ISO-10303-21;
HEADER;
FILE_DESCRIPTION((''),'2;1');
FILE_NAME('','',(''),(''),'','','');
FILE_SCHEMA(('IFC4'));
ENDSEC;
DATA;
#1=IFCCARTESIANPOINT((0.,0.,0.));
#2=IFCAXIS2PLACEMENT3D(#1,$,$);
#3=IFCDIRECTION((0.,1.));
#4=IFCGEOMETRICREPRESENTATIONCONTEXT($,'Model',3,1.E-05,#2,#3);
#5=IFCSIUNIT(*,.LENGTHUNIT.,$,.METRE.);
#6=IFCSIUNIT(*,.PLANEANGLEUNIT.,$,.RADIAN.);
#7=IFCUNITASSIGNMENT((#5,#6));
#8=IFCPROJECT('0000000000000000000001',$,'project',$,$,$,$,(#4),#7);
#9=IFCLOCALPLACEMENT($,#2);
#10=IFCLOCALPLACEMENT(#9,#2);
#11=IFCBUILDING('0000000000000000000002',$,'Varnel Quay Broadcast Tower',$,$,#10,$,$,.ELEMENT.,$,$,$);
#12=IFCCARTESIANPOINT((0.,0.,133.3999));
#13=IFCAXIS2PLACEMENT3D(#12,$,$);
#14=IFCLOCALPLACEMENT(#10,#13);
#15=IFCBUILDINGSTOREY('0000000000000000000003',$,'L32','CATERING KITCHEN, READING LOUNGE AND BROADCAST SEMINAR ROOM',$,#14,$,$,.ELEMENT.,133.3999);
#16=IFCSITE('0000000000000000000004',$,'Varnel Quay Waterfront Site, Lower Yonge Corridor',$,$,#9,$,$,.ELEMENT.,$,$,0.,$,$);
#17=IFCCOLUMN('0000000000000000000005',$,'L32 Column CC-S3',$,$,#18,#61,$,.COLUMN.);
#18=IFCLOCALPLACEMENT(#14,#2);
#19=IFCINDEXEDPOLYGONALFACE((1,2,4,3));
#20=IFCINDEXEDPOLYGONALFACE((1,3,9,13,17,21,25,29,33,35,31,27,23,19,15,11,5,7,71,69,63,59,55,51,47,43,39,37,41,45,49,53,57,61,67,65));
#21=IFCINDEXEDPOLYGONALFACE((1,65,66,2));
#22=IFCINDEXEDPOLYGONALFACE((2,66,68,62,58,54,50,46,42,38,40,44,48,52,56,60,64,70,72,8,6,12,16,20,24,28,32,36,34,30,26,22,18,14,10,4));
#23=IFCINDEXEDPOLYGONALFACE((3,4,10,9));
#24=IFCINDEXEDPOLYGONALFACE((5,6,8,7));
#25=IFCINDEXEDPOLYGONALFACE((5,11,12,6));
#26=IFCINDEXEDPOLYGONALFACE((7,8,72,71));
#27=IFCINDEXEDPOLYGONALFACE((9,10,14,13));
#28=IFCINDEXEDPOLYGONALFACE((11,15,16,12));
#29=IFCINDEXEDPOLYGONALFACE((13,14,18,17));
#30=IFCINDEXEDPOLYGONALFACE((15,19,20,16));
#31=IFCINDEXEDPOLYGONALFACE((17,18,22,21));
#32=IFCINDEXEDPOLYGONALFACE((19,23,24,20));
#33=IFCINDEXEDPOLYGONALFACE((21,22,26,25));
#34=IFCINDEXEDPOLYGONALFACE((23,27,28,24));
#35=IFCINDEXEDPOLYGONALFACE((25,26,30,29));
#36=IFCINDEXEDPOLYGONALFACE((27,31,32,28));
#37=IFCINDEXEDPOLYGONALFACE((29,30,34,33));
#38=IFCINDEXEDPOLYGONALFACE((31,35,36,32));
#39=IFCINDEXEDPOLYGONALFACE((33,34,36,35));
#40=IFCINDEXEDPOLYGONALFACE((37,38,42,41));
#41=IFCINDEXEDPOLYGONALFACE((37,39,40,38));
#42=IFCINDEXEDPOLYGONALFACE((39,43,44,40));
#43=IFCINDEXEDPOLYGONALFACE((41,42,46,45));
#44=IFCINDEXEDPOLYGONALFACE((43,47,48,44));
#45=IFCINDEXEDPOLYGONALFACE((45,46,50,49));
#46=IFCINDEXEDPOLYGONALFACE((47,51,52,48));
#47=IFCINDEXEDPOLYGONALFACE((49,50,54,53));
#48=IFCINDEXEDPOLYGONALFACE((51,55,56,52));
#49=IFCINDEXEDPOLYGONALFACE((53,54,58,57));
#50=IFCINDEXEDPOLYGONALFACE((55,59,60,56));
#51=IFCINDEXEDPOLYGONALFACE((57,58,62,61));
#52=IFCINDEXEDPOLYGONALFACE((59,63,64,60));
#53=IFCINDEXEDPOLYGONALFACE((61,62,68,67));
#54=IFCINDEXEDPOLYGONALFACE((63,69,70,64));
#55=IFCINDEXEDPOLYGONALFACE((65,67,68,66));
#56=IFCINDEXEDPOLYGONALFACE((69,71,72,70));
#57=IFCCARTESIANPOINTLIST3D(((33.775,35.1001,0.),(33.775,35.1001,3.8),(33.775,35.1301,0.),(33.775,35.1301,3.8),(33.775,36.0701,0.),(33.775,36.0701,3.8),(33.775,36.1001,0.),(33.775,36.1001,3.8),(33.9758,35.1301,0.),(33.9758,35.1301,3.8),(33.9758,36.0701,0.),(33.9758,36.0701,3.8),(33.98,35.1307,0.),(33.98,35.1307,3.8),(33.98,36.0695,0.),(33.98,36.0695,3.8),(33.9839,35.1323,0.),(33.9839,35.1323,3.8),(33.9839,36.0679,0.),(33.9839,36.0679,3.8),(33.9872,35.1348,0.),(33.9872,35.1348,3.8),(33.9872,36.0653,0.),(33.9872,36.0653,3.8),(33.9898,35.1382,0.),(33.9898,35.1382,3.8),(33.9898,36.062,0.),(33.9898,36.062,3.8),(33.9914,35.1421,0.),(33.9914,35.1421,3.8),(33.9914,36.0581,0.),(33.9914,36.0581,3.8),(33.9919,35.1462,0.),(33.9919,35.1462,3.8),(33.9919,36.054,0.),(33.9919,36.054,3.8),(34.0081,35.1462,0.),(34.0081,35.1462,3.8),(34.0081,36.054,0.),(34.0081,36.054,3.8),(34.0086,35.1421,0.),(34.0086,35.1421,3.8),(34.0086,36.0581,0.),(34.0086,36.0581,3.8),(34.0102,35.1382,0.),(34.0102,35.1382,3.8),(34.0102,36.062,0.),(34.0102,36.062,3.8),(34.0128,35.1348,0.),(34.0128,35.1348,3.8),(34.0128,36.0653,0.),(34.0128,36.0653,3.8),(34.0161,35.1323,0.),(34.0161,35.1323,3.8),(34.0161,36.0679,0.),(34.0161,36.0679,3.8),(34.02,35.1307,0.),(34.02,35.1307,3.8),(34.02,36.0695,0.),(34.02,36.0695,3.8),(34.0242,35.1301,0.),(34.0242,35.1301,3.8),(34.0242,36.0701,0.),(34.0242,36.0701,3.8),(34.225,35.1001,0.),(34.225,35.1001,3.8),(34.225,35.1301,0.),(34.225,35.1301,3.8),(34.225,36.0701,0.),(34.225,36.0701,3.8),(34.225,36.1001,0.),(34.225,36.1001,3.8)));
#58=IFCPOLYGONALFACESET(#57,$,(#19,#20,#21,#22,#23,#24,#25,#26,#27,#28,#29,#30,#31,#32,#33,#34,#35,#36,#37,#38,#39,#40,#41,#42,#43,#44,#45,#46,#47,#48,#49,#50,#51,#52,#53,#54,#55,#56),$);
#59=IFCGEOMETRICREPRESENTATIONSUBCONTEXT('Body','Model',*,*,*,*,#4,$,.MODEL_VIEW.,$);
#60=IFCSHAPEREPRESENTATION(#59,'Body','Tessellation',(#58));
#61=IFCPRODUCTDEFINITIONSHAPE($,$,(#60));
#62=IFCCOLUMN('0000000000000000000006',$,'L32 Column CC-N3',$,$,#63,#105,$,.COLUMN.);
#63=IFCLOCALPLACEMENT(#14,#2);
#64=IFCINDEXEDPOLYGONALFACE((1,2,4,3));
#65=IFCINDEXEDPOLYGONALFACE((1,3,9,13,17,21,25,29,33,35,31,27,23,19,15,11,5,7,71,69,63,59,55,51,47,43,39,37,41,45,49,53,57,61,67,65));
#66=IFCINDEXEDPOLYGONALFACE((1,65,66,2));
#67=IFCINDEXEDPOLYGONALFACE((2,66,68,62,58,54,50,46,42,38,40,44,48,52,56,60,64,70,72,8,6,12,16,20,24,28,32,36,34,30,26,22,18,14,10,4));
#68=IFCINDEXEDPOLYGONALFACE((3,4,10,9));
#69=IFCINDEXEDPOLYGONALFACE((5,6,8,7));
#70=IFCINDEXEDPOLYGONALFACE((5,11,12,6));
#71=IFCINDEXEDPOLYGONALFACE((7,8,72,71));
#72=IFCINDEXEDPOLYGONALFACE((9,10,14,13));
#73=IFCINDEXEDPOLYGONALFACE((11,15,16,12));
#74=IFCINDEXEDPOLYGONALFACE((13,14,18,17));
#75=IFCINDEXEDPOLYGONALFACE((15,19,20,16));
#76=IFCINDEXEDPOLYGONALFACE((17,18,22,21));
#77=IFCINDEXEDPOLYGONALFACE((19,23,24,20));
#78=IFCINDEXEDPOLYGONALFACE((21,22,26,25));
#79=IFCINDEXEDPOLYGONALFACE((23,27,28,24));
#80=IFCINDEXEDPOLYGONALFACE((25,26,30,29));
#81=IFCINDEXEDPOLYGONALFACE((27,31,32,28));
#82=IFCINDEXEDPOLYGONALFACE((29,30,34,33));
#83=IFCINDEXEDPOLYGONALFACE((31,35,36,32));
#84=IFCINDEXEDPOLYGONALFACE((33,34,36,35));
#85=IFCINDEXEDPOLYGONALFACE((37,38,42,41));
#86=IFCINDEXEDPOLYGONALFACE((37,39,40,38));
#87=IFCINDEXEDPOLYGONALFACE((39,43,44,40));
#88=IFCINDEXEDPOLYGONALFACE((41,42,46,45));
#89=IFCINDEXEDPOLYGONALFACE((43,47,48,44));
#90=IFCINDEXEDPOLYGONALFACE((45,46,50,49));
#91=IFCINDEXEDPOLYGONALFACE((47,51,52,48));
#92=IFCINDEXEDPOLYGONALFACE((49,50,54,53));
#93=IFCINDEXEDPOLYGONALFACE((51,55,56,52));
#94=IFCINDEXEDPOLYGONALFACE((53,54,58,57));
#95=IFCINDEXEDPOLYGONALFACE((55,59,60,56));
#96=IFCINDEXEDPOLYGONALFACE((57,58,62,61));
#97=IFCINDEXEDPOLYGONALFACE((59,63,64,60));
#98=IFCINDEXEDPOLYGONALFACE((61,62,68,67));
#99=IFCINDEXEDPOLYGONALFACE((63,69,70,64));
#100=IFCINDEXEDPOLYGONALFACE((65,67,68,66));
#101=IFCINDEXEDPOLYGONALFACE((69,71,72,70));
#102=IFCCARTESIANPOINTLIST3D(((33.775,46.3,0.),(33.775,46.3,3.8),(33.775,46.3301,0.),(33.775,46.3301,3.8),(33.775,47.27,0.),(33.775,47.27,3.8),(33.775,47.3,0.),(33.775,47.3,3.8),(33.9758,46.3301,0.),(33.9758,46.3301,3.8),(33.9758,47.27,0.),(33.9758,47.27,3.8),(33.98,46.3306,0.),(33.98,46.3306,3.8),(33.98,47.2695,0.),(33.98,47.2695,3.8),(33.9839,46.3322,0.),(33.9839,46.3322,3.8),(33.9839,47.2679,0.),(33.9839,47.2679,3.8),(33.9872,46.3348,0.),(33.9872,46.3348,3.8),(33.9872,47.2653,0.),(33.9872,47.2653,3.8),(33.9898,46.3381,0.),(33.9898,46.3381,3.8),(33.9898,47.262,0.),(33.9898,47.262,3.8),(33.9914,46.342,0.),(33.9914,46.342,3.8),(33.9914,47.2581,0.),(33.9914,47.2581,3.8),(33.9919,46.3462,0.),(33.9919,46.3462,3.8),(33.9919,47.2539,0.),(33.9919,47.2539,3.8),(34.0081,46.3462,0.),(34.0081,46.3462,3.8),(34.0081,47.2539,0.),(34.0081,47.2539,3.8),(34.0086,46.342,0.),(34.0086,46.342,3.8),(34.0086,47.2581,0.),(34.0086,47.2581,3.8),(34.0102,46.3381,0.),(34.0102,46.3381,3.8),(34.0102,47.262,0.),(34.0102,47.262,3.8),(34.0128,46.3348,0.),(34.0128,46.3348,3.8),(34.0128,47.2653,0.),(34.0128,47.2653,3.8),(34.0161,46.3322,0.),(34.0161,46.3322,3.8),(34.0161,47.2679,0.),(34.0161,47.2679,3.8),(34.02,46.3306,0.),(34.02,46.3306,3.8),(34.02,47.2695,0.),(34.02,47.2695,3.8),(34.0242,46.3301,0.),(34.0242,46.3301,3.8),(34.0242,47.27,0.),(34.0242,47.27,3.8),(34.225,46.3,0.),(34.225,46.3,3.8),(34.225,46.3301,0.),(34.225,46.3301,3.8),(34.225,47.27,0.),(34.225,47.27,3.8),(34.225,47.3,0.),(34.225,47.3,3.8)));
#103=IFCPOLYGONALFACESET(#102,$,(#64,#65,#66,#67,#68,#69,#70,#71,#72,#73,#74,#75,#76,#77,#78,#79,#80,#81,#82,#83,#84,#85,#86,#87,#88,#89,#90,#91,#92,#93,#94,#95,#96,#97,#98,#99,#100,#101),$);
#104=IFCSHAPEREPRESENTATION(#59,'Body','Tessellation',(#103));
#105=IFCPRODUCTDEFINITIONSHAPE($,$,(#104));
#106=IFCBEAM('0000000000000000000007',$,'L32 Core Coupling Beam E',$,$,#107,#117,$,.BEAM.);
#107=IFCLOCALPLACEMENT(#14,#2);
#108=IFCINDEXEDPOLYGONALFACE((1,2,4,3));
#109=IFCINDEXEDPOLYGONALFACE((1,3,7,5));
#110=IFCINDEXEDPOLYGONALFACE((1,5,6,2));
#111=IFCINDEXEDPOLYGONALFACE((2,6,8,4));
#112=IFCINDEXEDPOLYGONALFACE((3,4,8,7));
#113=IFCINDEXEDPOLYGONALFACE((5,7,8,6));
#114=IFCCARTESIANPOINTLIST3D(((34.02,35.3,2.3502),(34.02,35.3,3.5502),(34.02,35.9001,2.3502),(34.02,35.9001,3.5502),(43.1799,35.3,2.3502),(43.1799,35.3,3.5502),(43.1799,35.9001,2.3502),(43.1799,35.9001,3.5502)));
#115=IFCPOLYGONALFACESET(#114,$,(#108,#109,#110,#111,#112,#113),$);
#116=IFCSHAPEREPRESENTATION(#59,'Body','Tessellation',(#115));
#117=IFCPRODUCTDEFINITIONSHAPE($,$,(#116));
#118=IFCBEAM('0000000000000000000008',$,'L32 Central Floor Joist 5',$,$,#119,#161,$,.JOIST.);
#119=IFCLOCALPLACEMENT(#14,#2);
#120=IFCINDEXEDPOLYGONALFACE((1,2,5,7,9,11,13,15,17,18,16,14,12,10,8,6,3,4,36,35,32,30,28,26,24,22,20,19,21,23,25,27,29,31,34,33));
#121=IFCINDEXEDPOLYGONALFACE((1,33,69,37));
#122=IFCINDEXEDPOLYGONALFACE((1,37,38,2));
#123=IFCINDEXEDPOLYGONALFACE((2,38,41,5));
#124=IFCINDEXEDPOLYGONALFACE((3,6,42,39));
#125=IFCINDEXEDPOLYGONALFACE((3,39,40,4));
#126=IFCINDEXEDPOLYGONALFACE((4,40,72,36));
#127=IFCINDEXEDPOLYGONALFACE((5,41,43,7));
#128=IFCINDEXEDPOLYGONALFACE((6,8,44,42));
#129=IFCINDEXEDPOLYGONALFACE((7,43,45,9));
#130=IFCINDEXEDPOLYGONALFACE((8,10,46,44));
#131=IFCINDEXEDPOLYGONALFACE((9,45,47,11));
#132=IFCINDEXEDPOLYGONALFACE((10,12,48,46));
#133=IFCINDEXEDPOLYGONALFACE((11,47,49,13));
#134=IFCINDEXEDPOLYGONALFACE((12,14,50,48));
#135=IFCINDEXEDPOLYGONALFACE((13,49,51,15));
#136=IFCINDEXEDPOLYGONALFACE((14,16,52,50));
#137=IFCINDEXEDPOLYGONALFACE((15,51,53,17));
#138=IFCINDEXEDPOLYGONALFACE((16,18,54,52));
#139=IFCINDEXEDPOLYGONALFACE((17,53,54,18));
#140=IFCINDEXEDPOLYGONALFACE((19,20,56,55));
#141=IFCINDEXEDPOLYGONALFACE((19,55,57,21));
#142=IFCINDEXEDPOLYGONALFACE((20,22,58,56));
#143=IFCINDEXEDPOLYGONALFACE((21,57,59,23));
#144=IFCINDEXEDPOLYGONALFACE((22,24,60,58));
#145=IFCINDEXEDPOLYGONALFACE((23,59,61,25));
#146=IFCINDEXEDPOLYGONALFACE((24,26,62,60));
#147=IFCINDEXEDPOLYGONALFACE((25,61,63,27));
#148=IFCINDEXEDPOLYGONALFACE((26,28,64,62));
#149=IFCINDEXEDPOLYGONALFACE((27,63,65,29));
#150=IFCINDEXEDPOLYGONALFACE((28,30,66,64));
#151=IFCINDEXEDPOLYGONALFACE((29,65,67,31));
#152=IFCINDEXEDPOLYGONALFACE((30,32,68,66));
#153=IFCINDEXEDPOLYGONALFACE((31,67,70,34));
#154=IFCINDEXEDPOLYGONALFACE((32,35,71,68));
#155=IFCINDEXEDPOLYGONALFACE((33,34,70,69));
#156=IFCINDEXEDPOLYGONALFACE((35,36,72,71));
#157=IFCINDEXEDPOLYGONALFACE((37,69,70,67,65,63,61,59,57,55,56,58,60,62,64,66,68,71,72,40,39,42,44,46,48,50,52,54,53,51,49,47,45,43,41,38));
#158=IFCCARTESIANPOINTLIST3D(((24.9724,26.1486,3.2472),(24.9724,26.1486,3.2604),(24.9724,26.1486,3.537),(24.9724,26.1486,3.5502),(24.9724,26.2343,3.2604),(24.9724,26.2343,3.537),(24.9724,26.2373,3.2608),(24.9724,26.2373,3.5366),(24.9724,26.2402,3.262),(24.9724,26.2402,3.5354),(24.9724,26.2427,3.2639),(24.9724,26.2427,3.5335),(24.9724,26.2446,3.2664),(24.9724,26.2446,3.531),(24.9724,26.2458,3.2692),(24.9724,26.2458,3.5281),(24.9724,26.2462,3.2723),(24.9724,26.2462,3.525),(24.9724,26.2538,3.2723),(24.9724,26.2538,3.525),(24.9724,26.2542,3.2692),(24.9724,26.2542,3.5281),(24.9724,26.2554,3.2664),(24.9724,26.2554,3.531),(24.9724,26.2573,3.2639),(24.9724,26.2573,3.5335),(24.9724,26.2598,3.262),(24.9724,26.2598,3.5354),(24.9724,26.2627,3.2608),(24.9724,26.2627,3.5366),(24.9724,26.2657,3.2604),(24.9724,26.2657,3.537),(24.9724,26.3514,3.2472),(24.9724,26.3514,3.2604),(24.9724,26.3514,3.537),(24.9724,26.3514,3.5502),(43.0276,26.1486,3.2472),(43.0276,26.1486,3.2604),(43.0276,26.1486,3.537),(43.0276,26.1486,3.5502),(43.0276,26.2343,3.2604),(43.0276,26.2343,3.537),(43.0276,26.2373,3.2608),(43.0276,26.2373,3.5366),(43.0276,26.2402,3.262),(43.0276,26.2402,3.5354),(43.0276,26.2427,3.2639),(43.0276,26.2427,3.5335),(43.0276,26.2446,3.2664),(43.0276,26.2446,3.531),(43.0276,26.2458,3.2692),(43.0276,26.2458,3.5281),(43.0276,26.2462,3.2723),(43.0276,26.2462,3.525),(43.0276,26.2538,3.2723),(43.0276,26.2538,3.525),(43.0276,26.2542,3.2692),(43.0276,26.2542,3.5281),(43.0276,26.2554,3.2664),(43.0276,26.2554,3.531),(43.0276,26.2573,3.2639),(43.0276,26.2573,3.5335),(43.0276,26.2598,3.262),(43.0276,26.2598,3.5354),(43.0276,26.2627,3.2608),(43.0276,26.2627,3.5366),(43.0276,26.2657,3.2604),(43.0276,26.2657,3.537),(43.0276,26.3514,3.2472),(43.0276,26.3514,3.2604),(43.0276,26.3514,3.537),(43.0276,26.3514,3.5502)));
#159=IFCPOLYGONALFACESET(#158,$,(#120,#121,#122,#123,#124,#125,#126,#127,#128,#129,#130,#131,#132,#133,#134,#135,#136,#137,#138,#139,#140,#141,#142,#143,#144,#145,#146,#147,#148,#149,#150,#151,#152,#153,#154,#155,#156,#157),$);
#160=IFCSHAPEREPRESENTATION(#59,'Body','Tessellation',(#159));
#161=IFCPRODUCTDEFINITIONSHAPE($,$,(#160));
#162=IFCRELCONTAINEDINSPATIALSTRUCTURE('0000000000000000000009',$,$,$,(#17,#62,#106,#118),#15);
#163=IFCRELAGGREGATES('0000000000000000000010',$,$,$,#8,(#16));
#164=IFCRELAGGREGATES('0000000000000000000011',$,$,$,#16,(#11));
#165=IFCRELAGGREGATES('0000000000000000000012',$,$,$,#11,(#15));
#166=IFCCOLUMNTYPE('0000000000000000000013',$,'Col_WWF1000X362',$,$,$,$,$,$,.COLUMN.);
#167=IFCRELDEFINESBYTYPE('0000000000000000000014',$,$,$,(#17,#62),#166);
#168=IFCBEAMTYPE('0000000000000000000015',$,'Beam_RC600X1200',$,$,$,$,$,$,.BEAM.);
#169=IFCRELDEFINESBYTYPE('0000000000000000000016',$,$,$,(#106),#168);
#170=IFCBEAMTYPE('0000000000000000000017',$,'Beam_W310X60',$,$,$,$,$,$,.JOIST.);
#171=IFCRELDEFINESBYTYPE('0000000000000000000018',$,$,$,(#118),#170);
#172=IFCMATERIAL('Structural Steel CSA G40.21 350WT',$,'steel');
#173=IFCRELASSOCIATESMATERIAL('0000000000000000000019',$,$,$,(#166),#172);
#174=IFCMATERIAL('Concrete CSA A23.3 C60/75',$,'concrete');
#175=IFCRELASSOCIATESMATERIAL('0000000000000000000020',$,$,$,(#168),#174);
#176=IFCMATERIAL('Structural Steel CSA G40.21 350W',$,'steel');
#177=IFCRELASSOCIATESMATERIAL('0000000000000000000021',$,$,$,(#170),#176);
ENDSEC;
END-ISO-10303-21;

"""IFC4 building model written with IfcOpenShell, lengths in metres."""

from ifc_helpers import new_model, si_unit, direction, frame, origin, origin_2d, place, context, subcontext, project, spatial, rectangle, i_section, extrude, source, transform, mapped, material, material_profile, profile_set, type_object, type_shapes, element, save


model = new_model("IFC4")

# Units and contexts
model_context = context("Model", 3, precision=1e-05, world=origin(), true_north=direction((0.0, 1.0)))
body_context = subcontext(model_context, "Body", "Model", "MODEL_VIEW")
ifc_project = project(units=[si_unit("LENGTHUNIT", "METRE"), si_unit("PLANEANGLEUNIT", "RADIAN")], contexts=[model_context])

# Site, building, storey
site_placement = place(None, origin())
site = spatial("IfcSite", under=ifc_project, at=site_placement, Name="Varnel Quay Waterfront Site, Lower Yonge Corridor", CompositionType="ELEMENT", RefElevation=0.0)
building_placement = place(site_placement, origin())
building = spatial("IfcBuilding", under=site, at=building_placement, Name="Varnel Quay Broadcast Tower", CompositionType="ELEMENT")
storey_placement = place(building_placement, frame((0.0, 0.0, 133.3999)))
storey = spatial("IfcBuildingStorey", under=building, at=storey_placement, Name="L32", Description="CATERING KITCHEN, READING LOUNGE AND BROADCAST SEMINAR ROOM", CompositionType="ELEMENT", Elevation=133.3999)

# Columns
ifc_material_1 = material(Name="Structural Steel CSA G40.21 350WT", Category="steel")
ifc_material_profile_1 = material_profile(ifc_material_1, i_section(OverallWidth=0.45, OverallDepth=1.0, WebThickness=0.0161, FlangeThickness=0.03, FilletRadius=0.0161, at=origin_2d()), Name="WWF1000X362")
ifc_profile_set_1 = profile_set([ifc_material_profile_1], Name="Structural Steel CSA G40.21 350WT")
column_type = type_object("IfcColumnType", Name="Col_WWF1000X362", PredefinedType="COLUMN", material=ifc_profile_set_1)
shared_shape_1 = source(origin(), body_context, "Body", "SweptSolid", [
    extrude(i_section(OverallWidth=0.45, OverallDepth=1.0, WebThickness=0.0161, FlangeThickness=0.03, FilletRadius=0.0161, at=origin_2d()), origin(), (0.0, 0.0, 1.0), 3.8),
])
type_shapes(column_type, [shared_shape_1])
for number, where, z_axis, x_axis, name in (
    (1, (34.0, 35.6001, 0.0), (0.0, 0.0, 1.0), (1.0, 0.0, 0.0), "L32 Column CC-S3"),
    (2, (34.0, 46.8, 0.0), (0.0, 0.0, 1.0), (1.0, 0.0, 0.0), "L32 Column CC-N3"),
):
    element("IfcColumn", number, at=place(storey_placement, frame(where, z_axis=z_axis, x_axis=x_axis)), inside=storey, type_object=column_type, Name=name, PredefinedType="COLUMN", context=body_context, shape_type="MappedRepresentation", body=[
        mapped(shared_shape_1, transform((0.0, 0.0, 0.0), x_axis=(1.0, 0.0, 0.0), y_axis=(0.0, 1.0, 0.0), z_axis=(0.0, 0.0, 1.0), scale=1.0)),
    ])

# Beams
ifc_material_2 = material(Name="Concrete CSA A23.3 C60/75", Category="concrete")
ifc_material_profile_2 = material_profile(ifc_material_2, rectangle(XDim=0.6001, YDim=1.2, at=origin_2d()), Name="RC600X1200")
ifc_profile_set_2 = profile_set([ifc_material_profile_2], Name="Concrete CSA A23.3 C60/75")
beam_type_1 = type_object("IfcBeamType", Name="Beam_RC600X1200", PredefinedType="BEAM", material=ifc_profile_set_2)
shared_shape_2 = source(origin(), body_context, "Body", "SweptSolid", [
    extrude(rectangle(XDim=0.6001, YDim=1.2, at=origin_2d()), origin(), (0.0, 0.0, 1.0), 9.1599),
])
type_shapes(beam_type_1, [shared_shape_2])
beam_1_placement = place(storey_placement, frame((34.02, 35.6001, 2.9502), z_axis=(1.0, 0.0, 0.0), x_axis=(0.0, 1.0, 0.0)))
element("IfcBeam", 3, at=beam_1_placement, inside=storey, type_object=beam_type_1, Name="L32 Core Coupling Beam E", PredefinedType="BEAM", context=body_context, shape_type="MappedRepresentation", body=[
    mapped(shared_shape_2, transform((0.0, 0.0, 0.0), x_axis=(1.0, 0.0, 0.0), y_axis=(0.0, 1.0, 0.0), z_axis=(0.0, 0.0, 1.0), scale=1.0)),
])
ifc_material_3 = material(Name="Structural Steel CSA G40.21 350W", Category="steel")
ifc_material_profile_3 = material_profile(ifc_material_3, i_section(OverallWidth=0.2029, OverallDepth=0.303, WebThickness=0.0076, FlangeThickness=0.0132, FilletRadius=0.012, at=origin_2d()), Name="W310X60")
ifc_profile_set_3 = profile_set([ifc_material_profile_3], Name="Structural Steel CSA G40.21 350W")
beam_type_2 = type_object("IfcBeamType", Name="Beam_W310X60", PredefinedType="JOIST", material=ifc_profile_set_3)
shared_shape_3 = source(origin(), body_context, "Body", "SweptSolid", [
    extrude(i_section(OverallWidth=0.2029, OverallDepth=0.303, WebThickness=0.0076, FlangeThickness=0.0132, FilletRadius=0.012, at=origin_2d()), origin(), (0.0, 0.0, 1.0), 18.0552),
])
type_shapes(beam_type_2, [shared_shape_3])
beam_2_placement = place(storey_placement, frame((24.9724, 26.25, 3.3987), z_axis=(1.0, 0.0, 0.0), x_axis=(0.0, 1.0, 0.0)))
element("IfcBeam", 4, at=beam_2_placement, inside=storey, type_object=beam_type_2, Name="L32 Central Floor Joist 5", PredefinedType="JOIST", context=body_context, shape_type="MappedRepresentation", body=[
    mapped(shared_shape_3, transform((0.0, 0.0, 0.0), x_axis=(1.0, 0.0, 0.0), y_axis=(0.0, 1.0, 0.0), z_axis=(0.0, 0.0, 1.0), scale=1.0)),
])

save(model, "model.ifc")
